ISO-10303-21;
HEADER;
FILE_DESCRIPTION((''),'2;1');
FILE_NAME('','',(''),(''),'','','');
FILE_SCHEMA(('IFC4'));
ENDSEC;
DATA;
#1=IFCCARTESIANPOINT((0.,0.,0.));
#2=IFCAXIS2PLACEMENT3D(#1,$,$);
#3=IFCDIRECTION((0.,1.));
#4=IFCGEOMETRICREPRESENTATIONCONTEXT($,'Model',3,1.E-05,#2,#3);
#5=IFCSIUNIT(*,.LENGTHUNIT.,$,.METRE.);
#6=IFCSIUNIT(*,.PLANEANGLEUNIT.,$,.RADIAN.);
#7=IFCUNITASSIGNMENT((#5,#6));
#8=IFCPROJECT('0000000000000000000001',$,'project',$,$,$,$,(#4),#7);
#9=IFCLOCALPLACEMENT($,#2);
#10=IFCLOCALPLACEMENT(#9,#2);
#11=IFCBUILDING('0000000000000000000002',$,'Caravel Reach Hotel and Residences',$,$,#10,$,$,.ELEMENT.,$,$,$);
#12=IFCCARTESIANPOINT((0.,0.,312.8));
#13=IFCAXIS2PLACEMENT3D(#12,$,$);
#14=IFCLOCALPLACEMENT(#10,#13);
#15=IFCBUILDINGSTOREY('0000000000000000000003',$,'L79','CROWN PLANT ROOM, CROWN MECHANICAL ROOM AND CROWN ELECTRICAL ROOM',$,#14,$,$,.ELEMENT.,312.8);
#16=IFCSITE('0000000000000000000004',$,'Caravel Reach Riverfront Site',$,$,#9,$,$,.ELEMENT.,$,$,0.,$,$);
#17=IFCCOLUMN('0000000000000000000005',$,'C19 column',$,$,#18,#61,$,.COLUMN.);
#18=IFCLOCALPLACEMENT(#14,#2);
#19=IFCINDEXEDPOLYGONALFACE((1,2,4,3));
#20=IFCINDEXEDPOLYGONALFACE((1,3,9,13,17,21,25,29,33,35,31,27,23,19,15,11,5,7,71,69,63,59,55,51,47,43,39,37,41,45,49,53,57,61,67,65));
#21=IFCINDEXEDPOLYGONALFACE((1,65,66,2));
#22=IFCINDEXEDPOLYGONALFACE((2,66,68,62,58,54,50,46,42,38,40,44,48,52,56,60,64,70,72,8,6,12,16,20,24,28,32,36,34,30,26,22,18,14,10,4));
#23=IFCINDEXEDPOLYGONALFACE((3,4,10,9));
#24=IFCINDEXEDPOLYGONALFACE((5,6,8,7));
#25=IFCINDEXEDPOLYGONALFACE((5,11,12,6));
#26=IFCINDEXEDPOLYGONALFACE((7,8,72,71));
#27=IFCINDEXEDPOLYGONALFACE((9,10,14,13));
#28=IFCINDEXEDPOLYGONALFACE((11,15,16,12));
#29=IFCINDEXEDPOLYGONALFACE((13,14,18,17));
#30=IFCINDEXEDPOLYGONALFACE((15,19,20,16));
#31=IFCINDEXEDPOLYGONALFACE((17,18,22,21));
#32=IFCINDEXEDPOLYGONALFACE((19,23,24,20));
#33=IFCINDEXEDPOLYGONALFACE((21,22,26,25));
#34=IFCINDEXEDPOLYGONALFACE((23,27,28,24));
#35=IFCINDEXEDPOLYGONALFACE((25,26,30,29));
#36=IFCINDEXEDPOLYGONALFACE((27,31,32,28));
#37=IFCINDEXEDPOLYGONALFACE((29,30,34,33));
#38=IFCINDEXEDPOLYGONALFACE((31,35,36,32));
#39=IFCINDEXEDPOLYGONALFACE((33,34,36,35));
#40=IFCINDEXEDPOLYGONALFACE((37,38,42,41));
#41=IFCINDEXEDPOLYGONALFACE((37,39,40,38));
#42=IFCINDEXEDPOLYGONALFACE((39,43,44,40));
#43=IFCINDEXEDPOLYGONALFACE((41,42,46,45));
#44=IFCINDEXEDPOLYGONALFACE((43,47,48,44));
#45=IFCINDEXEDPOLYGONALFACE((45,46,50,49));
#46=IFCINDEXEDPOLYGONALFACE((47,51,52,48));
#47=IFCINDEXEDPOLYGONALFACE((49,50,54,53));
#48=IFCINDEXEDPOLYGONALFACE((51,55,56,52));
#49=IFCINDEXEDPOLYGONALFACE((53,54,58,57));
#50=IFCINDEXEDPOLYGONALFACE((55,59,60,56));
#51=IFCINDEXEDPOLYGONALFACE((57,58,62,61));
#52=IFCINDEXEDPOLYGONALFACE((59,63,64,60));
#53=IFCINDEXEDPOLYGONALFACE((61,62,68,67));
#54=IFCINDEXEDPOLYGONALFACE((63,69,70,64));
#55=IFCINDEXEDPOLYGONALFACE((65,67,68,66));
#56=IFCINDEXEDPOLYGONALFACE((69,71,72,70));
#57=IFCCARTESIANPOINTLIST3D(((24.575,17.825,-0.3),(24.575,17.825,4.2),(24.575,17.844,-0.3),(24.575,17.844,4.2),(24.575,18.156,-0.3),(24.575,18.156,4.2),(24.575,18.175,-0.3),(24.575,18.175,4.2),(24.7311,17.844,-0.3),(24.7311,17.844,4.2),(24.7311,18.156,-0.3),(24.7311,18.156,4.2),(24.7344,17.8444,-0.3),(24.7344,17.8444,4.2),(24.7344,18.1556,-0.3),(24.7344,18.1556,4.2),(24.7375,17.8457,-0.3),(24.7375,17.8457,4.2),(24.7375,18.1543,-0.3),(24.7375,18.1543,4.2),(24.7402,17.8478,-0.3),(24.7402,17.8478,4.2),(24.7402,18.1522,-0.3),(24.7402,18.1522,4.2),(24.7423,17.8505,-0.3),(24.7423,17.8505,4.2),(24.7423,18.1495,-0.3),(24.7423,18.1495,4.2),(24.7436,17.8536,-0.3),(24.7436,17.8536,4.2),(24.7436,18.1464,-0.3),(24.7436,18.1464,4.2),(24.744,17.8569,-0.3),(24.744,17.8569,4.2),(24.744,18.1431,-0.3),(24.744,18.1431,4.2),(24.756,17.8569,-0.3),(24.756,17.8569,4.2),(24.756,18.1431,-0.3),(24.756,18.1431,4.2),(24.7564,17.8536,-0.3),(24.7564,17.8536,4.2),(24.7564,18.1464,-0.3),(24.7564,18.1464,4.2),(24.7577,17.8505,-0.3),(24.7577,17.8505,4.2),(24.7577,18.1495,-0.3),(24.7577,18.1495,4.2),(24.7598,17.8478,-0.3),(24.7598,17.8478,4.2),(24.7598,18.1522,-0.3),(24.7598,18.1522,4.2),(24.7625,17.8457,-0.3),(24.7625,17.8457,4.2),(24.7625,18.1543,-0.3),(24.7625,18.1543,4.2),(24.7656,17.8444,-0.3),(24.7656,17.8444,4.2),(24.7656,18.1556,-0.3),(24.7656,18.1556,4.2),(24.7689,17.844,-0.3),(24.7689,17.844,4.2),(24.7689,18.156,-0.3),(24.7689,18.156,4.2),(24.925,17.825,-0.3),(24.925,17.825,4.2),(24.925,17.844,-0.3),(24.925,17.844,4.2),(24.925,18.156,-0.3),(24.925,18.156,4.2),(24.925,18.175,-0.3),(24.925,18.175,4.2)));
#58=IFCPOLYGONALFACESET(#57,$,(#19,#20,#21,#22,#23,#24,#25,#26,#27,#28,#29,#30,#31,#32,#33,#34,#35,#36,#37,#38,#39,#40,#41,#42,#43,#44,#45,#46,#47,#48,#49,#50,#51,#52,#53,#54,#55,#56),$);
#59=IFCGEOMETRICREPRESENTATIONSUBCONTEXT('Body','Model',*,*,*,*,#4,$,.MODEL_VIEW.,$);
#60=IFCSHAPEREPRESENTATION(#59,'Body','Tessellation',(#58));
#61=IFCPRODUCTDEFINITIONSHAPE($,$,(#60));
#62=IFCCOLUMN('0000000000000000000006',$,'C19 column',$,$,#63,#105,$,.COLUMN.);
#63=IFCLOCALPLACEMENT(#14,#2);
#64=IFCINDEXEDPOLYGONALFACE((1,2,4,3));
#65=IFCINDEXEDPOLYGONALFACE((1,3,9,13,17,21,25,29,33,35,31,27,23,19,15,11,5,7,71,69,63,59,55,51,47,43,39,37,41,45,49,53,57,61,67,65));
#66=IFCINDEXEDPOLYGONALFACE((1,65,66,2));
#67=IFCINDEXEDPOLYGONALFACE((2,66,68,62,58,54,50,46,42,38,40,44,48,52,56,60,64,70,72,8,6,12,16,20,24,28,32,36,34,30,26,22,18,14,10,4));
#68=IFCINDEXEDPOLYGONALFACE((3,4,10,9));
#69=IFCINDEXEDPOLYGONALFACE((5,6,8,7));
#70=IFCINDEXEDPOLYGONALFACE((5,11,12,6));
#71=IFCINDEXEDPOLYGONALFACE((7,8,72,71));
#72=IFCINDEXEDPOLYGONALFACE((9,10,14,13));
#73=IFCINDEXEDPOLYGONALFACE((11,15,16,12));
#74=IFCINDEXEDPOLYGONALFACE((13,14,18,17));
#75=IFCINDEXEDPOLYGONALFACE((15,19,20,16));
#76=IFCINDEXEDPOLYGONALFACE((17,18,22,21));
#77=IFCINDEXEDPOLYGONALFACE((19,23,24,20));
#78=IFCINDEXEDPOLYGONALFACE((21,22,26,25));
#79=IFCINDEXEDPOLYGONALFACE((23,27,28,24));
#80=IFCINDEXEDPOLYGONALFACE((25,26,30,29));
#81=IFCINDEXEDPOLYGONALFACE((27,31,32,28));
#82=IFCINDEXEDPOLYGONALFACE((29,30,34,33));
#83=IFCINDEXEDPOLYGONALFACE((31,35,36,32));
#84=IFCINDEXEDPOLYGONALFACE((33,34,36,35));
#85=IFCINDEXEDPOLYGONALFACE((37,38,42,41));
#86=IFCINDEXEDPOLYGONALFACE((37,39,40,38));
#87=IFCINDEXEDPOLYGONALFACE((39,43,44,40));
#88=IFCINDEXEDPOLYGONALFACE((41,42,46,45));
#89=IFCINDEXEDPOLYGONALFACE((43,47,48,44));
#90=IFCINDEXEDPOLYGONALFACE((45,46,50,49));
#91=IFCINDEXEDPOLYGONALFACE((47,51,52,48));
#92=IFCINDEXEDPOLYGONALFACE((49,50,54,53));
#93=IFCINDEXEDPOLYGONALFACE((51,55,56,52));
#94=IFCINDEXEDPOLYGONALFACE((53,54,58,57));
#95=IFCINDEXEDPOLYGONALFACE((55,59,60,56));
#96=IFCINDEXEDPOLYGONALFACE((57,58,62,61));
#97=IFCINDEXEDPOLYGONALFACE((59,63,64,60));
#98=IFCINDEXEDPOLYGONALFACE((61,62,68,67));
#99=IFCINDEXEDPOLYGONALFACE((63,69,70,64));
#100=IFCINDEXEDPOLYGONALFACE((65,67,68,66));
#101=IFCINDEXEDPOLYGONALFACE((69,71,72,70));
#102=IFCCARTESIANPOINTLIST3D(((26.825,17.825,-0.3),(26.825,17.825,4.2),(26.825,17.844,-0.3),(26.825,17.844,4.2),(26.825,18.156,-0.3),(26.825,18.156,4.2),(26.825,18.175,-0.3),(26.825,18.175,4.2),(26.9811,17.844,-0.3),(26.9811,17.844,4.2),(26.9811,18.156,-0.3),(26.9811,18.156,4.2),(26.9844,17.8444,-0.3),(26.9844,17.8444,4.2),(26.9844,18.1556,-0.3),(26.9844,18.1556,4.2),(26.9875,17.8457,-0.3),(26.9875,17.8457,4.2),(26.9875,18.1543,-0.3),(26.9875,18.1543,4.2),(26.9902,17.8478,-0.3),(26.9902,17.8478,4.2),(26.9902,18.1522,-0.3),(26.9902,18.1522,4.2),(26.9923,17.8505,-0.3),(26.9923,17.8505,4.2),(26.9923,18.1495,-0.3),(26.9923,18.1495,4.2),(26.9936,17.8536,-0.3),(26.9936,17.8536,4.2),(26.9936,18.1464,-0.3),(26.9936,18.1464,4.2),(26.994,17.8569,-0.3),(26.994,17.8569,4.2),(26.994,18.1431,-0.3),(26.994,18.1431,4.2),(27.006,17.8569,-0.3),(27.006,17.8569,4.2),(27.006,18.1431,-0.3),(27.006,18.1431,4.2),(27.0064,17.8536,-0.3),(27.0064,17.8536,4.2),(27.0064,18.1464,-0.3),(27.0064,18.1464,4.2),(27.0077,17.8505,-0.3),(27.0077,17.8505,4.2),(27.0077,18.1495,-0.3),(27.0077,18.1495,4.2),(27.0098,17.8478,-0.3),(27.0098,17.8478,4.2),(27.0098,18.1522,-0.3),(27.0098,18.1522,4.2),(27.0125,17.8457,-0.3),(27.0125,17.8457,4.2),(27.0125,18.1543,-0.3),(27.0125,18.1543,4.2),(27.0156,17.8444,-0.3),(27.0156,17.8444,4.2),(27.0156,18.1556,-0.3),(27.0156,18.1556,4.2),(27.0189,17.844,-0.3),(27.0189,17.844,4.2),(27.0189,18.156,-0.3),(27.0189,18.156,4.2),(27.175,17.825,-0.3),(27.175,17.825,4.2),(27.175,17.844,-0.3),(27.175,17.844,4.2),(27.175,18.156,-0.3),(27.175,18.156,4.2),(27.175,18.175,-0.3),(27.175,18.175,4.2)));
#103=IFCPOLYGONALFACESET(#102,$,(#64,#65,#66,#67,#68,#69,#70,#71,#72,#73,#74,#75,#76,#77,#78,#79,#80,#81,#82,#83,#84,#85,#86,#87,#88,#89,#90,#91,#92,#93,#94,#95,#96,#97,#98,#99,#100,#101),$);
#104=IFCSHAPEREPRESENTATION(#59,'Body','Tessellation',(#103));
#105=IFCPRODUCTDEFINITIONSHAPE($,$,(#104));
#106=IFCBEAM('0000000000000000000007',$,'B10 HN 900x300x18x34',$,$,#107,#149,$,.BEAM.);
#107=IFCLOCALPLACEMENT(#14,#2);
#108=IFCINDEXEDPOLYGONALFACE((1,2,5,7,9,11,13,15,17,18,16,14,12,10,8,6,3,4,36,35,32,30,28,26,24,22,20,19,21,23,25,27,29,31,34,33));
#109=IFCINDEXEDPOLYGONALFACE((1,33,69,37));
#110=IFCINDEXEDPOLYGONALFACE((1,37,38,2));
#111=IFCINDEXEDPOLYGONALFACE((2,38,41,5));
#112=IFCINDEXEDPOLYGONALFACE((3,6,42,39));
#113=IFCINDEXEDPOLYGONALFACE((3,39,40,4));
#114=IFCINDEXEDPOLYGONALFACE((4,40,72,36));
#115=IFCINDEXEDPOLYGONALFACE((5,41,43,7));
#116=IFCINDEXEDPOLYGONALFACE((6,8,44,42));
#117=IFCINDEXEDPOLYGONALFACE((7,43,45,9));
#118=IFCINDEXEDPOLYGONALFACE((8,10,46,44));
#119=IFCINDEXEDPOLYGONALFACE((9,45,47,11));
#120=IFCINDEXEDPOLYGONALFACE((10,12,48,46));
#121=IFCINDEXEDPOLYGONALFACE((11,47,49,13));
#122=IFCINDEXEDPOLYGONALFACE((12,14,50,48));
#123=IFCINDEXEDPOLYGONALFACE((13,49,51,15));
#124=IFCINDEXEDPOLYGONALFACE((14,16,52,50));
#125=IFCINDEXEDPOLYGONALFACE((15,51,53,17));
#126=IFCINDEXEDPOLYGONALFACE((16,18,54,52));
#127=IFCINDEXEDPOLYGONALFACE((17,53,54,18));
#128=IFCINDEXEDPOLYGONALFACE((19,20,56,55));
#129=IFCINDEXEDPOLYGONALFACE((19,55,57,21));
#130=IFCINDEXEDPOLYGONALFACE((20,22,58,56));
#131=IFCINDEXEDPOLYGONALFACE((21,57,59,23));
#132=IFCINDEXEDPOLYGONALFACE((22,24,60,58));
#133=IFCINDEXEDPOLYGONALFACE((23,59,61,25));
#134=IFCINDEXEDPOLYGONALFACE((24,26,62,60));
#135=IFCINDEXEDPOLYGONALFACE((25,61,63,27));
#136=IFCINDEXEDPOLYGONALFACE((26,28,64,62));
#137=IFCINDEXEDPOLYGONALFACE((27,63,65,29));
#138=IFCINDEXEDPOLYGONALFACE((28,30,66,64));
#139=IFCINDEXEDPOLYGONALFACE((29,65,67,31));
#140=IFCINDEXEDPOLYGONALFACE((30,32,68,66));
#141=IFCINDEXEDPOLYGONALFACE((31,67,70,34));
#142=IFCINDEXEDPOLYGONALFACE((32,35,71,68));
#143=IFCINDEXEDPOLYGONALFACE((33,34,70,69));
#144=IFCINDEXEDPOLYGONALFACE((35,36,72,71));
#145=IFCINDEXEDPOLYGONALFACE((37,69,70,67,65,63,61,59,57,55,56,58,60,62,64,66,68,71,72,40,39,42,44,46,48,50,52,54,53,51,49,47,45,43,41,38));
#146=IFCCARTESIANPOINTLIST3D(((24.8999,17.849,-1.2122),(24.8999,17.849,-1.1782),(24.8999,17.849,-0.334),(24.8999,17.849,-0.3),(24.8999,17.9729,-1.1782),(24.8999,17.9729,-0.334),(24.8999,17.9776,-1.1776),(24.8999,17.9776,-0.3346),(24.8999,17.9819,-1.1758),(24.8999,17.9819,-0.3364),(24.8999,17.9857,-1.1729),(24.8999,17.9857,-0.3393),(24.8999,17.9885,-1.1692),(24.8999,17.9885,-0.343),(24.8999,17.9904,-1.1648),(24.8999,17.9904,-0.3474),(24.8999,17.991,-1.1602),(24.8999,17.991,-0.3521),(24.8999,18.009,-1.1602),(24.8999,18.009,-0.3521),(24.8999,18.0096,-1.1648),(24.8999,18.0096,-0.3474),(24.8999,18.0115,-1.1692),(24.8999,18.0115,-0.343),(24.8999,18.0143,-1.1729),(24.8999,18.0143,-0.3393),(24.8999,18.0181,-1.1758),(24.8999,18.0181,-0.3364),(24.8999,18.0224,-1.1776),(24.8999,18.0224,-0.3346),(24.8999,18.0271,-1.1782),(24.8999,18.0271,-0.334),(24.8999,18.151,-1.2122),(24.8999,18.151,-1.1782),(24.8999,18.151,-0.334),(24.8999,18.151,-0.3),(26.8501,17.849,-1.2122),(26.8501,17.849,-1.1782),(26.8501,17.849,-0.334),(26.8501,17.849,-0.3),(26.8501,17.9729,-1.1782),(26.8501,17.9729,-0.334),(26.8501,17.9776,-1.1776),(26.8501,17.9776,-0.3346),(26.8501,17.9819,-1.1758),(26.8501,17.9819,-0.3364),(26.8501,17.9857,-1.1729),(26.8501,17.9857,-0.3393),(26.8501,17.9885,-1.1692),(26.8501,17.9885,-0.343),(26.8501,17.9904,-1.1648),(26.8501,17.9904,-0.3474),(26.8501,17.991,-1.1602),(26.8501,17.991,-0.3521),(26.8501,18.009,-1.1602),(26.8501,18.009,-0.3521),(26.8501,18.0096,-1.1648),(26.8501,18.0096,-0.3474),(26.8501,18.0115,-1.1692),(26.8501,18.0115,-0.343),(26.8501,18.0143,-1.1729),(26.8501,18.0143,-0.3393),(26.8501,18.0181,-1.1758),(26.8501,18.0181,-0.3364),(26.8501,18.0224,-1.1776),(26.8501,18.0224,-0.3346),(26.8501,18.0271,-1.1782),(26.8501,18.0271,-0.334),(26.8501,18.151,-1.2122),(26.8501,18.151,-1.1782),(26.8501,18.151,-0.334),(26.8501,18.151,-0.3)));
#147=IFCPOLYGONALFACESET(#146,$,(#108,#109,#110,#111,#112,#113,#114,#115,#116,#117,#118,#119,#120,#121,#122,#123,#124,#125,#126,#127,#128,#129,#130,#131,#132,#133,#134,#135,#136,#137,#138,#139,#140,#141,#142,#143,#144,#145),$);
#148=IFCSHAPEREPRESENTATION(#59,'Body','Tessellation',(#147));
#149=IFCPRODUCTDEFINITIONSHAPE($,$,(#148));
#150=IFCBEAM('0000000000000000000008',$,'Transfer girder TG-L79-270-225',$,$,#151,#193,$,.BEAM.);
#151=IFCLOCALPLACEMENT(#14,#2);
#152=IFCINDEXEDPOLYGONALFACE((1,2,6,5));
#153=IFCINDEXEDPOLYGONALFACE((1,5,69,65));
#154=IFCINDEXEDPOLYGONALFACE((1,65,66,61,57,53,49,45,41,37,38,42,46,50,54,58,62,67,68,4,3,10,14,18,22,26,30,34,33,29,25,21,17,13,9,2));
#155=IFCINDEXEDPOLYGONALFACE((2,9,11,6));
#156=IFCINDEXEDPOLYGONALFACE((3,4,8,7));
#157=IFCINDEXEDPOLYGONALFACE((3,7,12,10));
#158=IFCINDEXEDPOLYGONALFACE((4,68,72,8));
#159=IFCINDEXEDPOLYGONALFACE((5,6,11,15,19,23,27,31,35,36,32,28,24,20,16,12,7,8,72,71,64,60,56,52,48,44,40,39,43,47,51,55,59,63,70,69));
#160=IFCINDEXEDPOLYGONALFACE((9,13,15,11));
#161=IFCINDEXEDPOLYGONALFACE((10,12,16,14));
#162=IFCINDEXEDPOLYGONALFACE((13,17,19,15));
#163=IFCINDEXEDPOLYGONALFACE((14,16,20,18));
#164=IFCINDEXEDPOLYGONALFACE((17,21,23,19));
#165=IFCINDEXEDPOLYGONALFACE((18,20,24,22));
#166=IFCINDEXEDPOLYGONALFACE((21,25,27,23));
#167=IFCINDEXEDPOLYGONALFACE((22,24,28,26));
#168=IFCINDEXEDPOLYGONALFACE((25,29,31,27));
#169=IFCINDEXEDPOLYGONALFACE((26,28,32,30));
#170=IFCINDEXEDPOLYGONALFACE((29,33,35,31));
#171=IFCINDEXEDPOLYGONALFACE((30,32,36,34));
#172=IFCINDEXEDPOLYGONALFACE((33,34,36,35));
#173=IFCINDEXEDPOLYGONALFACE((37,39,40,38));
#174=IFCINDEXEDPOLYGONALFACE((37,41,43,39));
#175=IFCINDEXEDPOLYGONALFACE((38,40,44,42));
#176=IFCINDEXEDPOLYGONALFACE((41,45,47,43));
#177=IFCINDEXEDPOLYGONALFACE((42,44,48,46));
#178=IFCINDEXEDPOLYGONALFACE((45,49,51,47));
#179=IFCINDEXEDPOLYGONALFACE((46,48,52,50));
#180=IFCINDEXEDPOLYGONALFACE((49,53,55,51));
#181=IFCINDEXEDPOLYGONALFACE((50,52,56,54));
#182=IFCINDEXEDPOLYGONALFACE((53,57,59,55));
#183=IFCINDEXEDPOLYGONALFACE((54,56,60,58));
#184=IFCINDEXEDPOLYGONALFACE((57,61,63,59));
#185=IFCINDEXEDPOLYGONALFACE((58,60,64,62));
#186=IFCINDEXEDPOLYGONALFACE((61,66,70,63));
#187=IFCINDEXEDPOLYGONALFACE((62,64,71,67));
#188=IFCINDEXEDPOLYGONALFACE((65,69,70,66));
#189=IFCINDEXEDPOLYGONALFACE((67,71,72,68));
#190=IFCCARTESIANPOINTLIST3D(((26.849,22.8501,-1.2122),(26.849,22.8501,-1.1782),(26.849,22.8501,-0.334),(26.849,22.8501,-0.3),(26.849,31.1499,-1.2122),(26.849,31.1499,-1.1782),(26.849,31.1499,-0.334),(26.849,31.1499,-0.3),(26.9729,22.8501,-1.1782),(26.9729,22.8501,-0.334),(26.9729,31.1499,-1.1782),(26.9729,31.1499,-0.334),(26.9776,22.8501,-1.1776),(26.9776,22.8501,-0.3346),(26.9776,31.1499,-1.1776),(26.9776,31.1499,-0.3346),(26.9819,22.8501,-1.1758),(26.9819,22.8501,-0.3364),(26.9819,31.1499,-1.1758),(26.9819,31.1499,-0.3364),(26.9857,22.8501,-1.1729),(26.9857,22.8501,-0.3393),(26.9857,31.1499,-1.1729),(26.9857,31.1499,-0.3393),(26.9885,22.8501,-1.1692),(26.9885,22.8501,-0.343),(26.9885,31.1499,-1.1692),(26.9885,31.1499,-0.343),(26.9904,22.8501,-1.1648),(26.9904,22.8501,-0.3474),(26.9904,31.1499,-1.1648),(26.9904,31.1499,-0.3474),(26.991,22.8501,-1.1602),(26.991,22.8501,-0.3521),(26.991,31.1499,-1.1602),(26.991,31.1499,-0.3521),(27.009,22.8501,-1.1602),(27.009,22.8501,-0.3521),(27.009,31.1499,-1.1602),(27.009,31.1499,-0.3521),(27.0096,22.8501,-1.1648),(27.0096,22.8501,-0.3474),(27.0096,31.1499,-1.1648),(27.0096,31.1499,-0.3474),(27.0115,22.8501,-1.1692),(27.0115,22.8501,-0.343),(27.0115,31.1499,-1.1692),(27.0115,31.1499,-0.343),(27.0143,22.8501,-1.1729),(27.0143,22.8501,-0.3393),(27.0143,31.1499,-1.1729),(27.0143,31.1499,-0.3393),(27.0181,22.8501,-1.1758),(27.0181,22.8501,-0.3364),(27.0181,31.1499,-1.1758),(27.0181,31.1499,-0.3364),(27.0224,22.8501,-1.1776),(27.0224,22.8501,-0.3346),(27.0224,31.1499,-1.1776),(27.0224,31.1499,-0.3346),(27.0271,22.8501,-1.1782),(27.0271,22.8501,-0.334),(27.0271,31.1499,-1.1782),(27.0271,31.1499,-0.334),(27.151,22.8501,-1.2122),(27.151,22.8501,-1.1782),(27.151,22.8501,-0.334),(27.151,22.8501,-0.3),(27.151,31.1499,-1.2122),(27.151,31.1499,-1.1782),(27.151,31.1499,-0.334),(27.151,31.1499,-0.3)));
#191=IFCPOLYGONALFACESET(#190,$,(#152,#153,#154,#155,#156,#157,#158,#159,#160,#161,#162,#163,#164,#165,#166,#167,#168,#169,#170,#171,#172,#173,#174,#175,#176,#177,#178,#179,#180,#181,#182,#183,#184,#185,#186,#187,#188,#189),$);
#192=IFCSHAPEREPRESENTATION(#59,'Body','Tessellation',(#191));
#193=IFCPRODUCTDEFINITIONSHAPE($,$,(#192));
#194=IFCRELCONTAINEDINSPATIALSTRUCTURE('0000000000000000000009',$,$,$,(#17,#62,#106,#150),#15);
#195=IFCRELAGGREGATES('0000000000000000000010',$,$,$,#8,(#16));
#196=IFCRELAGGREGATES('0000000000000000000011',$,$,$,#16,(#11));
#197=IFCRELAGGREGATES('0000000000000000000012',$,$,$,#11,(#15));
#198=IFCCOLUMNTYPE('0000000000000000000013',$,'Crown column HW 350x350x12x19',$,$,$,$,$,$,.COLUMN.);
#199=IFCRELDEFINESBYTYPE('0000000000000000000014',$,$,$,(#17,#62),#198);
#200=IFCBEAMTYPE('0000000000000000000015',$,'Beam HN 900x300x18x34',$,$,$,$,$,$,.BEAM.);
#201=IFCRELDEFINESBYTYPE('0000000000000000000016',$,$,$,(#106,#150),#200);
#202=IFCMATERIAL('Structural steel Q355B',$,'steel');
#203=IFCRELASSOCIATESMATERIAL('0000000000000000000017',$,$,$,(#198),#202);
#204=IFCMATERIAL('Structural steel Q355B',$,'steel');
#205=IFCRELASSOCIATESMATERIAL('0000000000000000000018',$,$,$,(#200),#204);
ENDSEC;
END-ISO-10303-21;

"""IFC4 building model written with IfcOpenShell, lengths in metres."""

from ifc_helpers import new_model, si_unit, direction, frame, origin, origin_2d, place, context, subcontext, project, spatial, i_section, extrude, material, material_profile, profile_set, type_object, element, save


model = new_model("IFC4")

# Units and contexts
model_context = context("Model", 3, precision=1e-05, world=origin(), true_north=direction((0.0, 1.0)))
body_context = subcontext(model_context, "Body", "Model", "MODEL_VIEW")
ifc_project = project(units=[si_unit("LENGTHUNIT", "METRE"), si_unit("PLANEANGLEUNIT", "RADIAN")], contexts=[model_context])

# Site, building, storey
site_placement = place(None, origin())
site = spatial("IfcSite", under=ifc_project, at=site_placement, Name="Caravel Reach Riverfront Site", CompositionType="ELEMENT", RefElevation=0.0)
building_placement = place(site_placement, origin())
building = spatial("IfcBuilding", under=site, at=building_placement, Name="Caravel Reach Hotel and Residences", CompositionType="ELEMENT")
storey_placement = place(building_placement, frame((0.0, 0.0, 312.8)))
storey = spatial("IfcBuildingStorey", under=building, at=storey_placement, Name="L79", Description="CROWN PLANT ROOM, CROWN MECHANICAL ROOM AND CROWN ELECTRICAL ROOM", CompositionType="ELEMENT", Elevation=312.8)

# Columns
ifc_material_1 = material(Name="Structural steel Q355B", Category="steel")
ifc_material_profile_1 = material_profile(ifc_material_1, i_section(OverallWidth=0.3501, OverallDepth=0.3501, WebThickness=0.012, FlangeThickness=0.019, FilletRadius=0.0129, at=origin_2d()), Name="HW 350x350x12x19")
ifc_profile_set_1 = profile_set([ifc_material_profile_1], Name="Structural steel Q355B")
column_type = type_object("IfcColumnType", Name="Crown column HW 350x350x12x19", PredefinedType="COLUMN", material=ifc_profile_set_1)
for number, where, z_axis, x_axis, name in (
    (1, (24.75, 18.0, -0.3), (0.0, 0.0, 1.0), (1.0, 0.0, 0.0), "C19 column"),
    (2, (27.0, 18.0, -0.3), (0.0, 0.0, 1.0), (1.0, 0.0, 0.0), "C19 column"),
):
    element("IfcColumn", number, at=place(storey_placement, frame(where, z_axis=z_axis, x_axis=x_axis)), inside=storey, type_object=column_type, Name=name, PredefinedType="COLUMN", context=body_context, shape_type="SweptSolid", body=[
        extrude(i_section(OverallWidth=0.3501, OverallDepth=0.3501, WebThickness=0.012, FlangeThickness=0.019, FilletRadius=0.0129, at=origin_2d()), origin(), (0.0, 0.0, 1.0), 4.5),
    ])

# Beams
ifc_material_2 = material(Name="Structural steel Q355B", Category="steel")
ifc_material_profile_2 = material_profile(ifc_material_2, i_section(OverallWidth=0.302, OverallDepth=0.9121, WebThickness=0.0181, FlangeThickness=0.0339, FilletRadius=0.0181, at=origin_2d()), Name="HN 900x300x18x34")
ifc_profile_set_2 = profile_set([ifc_material_profile_2], Name="Structural steel Q355B")
beam_type = type_object("IfcBeamType", Name="Beam HN 900x300x18x34", PredefinedType="BEAM", material=ifc_profile_set_2)
beam_placement = place(storey_placement, frame((24.8999, 18.0, -0.7561), z_axis=(1.0, 0.0, 0.0), x_axis=(0.0, 1.0, 0.0)))
element("IfcBeam", 3, at=beam_placement, inside=storey, type_object=beam_type, Name="B10 HN 900x300x18x34", PredefinedType="BEAM", context=body_context, shape_type="SweptSolid", body=[
    extrude(i_section(OverallWidth=0.302, OverallDepth=0.9121, WebThickness=0.0181, FlangeThickness=0.0339, FilletRadius=0.0181, at=origin_2d()), origin(), (0.0, 0.0, 1.0), 1.9502),
])
for number, where, z_axis, x_axis, name in (
    (4, (27.0, 22.8501, -0.7561), (0.0, 1.0, 0.0), (-1.0, 0.0, 0.0), "Transfer girder TG-L79-270-225"),
):
    element("IfcBeam", number, at=place(storey_placement, frame(where, z_axis=z_axis, x_axis=x_axis)), inside=storey, type_object=beam_type, Name=name, PredefinedType="BEAM", context=body_context, shape_type="SweptSolid", body=[
        extrude(i_section(OverallWidth=0.302, OverallDepth=0.9121, WebThickness=0.0181, FlangeThickness=0.0339, FilletRadius=0.0181, at=origin_2d()), origin(), (0.0, 0.0, 1.0), 8.2998),
    ])

save(model, "model.ifc")
